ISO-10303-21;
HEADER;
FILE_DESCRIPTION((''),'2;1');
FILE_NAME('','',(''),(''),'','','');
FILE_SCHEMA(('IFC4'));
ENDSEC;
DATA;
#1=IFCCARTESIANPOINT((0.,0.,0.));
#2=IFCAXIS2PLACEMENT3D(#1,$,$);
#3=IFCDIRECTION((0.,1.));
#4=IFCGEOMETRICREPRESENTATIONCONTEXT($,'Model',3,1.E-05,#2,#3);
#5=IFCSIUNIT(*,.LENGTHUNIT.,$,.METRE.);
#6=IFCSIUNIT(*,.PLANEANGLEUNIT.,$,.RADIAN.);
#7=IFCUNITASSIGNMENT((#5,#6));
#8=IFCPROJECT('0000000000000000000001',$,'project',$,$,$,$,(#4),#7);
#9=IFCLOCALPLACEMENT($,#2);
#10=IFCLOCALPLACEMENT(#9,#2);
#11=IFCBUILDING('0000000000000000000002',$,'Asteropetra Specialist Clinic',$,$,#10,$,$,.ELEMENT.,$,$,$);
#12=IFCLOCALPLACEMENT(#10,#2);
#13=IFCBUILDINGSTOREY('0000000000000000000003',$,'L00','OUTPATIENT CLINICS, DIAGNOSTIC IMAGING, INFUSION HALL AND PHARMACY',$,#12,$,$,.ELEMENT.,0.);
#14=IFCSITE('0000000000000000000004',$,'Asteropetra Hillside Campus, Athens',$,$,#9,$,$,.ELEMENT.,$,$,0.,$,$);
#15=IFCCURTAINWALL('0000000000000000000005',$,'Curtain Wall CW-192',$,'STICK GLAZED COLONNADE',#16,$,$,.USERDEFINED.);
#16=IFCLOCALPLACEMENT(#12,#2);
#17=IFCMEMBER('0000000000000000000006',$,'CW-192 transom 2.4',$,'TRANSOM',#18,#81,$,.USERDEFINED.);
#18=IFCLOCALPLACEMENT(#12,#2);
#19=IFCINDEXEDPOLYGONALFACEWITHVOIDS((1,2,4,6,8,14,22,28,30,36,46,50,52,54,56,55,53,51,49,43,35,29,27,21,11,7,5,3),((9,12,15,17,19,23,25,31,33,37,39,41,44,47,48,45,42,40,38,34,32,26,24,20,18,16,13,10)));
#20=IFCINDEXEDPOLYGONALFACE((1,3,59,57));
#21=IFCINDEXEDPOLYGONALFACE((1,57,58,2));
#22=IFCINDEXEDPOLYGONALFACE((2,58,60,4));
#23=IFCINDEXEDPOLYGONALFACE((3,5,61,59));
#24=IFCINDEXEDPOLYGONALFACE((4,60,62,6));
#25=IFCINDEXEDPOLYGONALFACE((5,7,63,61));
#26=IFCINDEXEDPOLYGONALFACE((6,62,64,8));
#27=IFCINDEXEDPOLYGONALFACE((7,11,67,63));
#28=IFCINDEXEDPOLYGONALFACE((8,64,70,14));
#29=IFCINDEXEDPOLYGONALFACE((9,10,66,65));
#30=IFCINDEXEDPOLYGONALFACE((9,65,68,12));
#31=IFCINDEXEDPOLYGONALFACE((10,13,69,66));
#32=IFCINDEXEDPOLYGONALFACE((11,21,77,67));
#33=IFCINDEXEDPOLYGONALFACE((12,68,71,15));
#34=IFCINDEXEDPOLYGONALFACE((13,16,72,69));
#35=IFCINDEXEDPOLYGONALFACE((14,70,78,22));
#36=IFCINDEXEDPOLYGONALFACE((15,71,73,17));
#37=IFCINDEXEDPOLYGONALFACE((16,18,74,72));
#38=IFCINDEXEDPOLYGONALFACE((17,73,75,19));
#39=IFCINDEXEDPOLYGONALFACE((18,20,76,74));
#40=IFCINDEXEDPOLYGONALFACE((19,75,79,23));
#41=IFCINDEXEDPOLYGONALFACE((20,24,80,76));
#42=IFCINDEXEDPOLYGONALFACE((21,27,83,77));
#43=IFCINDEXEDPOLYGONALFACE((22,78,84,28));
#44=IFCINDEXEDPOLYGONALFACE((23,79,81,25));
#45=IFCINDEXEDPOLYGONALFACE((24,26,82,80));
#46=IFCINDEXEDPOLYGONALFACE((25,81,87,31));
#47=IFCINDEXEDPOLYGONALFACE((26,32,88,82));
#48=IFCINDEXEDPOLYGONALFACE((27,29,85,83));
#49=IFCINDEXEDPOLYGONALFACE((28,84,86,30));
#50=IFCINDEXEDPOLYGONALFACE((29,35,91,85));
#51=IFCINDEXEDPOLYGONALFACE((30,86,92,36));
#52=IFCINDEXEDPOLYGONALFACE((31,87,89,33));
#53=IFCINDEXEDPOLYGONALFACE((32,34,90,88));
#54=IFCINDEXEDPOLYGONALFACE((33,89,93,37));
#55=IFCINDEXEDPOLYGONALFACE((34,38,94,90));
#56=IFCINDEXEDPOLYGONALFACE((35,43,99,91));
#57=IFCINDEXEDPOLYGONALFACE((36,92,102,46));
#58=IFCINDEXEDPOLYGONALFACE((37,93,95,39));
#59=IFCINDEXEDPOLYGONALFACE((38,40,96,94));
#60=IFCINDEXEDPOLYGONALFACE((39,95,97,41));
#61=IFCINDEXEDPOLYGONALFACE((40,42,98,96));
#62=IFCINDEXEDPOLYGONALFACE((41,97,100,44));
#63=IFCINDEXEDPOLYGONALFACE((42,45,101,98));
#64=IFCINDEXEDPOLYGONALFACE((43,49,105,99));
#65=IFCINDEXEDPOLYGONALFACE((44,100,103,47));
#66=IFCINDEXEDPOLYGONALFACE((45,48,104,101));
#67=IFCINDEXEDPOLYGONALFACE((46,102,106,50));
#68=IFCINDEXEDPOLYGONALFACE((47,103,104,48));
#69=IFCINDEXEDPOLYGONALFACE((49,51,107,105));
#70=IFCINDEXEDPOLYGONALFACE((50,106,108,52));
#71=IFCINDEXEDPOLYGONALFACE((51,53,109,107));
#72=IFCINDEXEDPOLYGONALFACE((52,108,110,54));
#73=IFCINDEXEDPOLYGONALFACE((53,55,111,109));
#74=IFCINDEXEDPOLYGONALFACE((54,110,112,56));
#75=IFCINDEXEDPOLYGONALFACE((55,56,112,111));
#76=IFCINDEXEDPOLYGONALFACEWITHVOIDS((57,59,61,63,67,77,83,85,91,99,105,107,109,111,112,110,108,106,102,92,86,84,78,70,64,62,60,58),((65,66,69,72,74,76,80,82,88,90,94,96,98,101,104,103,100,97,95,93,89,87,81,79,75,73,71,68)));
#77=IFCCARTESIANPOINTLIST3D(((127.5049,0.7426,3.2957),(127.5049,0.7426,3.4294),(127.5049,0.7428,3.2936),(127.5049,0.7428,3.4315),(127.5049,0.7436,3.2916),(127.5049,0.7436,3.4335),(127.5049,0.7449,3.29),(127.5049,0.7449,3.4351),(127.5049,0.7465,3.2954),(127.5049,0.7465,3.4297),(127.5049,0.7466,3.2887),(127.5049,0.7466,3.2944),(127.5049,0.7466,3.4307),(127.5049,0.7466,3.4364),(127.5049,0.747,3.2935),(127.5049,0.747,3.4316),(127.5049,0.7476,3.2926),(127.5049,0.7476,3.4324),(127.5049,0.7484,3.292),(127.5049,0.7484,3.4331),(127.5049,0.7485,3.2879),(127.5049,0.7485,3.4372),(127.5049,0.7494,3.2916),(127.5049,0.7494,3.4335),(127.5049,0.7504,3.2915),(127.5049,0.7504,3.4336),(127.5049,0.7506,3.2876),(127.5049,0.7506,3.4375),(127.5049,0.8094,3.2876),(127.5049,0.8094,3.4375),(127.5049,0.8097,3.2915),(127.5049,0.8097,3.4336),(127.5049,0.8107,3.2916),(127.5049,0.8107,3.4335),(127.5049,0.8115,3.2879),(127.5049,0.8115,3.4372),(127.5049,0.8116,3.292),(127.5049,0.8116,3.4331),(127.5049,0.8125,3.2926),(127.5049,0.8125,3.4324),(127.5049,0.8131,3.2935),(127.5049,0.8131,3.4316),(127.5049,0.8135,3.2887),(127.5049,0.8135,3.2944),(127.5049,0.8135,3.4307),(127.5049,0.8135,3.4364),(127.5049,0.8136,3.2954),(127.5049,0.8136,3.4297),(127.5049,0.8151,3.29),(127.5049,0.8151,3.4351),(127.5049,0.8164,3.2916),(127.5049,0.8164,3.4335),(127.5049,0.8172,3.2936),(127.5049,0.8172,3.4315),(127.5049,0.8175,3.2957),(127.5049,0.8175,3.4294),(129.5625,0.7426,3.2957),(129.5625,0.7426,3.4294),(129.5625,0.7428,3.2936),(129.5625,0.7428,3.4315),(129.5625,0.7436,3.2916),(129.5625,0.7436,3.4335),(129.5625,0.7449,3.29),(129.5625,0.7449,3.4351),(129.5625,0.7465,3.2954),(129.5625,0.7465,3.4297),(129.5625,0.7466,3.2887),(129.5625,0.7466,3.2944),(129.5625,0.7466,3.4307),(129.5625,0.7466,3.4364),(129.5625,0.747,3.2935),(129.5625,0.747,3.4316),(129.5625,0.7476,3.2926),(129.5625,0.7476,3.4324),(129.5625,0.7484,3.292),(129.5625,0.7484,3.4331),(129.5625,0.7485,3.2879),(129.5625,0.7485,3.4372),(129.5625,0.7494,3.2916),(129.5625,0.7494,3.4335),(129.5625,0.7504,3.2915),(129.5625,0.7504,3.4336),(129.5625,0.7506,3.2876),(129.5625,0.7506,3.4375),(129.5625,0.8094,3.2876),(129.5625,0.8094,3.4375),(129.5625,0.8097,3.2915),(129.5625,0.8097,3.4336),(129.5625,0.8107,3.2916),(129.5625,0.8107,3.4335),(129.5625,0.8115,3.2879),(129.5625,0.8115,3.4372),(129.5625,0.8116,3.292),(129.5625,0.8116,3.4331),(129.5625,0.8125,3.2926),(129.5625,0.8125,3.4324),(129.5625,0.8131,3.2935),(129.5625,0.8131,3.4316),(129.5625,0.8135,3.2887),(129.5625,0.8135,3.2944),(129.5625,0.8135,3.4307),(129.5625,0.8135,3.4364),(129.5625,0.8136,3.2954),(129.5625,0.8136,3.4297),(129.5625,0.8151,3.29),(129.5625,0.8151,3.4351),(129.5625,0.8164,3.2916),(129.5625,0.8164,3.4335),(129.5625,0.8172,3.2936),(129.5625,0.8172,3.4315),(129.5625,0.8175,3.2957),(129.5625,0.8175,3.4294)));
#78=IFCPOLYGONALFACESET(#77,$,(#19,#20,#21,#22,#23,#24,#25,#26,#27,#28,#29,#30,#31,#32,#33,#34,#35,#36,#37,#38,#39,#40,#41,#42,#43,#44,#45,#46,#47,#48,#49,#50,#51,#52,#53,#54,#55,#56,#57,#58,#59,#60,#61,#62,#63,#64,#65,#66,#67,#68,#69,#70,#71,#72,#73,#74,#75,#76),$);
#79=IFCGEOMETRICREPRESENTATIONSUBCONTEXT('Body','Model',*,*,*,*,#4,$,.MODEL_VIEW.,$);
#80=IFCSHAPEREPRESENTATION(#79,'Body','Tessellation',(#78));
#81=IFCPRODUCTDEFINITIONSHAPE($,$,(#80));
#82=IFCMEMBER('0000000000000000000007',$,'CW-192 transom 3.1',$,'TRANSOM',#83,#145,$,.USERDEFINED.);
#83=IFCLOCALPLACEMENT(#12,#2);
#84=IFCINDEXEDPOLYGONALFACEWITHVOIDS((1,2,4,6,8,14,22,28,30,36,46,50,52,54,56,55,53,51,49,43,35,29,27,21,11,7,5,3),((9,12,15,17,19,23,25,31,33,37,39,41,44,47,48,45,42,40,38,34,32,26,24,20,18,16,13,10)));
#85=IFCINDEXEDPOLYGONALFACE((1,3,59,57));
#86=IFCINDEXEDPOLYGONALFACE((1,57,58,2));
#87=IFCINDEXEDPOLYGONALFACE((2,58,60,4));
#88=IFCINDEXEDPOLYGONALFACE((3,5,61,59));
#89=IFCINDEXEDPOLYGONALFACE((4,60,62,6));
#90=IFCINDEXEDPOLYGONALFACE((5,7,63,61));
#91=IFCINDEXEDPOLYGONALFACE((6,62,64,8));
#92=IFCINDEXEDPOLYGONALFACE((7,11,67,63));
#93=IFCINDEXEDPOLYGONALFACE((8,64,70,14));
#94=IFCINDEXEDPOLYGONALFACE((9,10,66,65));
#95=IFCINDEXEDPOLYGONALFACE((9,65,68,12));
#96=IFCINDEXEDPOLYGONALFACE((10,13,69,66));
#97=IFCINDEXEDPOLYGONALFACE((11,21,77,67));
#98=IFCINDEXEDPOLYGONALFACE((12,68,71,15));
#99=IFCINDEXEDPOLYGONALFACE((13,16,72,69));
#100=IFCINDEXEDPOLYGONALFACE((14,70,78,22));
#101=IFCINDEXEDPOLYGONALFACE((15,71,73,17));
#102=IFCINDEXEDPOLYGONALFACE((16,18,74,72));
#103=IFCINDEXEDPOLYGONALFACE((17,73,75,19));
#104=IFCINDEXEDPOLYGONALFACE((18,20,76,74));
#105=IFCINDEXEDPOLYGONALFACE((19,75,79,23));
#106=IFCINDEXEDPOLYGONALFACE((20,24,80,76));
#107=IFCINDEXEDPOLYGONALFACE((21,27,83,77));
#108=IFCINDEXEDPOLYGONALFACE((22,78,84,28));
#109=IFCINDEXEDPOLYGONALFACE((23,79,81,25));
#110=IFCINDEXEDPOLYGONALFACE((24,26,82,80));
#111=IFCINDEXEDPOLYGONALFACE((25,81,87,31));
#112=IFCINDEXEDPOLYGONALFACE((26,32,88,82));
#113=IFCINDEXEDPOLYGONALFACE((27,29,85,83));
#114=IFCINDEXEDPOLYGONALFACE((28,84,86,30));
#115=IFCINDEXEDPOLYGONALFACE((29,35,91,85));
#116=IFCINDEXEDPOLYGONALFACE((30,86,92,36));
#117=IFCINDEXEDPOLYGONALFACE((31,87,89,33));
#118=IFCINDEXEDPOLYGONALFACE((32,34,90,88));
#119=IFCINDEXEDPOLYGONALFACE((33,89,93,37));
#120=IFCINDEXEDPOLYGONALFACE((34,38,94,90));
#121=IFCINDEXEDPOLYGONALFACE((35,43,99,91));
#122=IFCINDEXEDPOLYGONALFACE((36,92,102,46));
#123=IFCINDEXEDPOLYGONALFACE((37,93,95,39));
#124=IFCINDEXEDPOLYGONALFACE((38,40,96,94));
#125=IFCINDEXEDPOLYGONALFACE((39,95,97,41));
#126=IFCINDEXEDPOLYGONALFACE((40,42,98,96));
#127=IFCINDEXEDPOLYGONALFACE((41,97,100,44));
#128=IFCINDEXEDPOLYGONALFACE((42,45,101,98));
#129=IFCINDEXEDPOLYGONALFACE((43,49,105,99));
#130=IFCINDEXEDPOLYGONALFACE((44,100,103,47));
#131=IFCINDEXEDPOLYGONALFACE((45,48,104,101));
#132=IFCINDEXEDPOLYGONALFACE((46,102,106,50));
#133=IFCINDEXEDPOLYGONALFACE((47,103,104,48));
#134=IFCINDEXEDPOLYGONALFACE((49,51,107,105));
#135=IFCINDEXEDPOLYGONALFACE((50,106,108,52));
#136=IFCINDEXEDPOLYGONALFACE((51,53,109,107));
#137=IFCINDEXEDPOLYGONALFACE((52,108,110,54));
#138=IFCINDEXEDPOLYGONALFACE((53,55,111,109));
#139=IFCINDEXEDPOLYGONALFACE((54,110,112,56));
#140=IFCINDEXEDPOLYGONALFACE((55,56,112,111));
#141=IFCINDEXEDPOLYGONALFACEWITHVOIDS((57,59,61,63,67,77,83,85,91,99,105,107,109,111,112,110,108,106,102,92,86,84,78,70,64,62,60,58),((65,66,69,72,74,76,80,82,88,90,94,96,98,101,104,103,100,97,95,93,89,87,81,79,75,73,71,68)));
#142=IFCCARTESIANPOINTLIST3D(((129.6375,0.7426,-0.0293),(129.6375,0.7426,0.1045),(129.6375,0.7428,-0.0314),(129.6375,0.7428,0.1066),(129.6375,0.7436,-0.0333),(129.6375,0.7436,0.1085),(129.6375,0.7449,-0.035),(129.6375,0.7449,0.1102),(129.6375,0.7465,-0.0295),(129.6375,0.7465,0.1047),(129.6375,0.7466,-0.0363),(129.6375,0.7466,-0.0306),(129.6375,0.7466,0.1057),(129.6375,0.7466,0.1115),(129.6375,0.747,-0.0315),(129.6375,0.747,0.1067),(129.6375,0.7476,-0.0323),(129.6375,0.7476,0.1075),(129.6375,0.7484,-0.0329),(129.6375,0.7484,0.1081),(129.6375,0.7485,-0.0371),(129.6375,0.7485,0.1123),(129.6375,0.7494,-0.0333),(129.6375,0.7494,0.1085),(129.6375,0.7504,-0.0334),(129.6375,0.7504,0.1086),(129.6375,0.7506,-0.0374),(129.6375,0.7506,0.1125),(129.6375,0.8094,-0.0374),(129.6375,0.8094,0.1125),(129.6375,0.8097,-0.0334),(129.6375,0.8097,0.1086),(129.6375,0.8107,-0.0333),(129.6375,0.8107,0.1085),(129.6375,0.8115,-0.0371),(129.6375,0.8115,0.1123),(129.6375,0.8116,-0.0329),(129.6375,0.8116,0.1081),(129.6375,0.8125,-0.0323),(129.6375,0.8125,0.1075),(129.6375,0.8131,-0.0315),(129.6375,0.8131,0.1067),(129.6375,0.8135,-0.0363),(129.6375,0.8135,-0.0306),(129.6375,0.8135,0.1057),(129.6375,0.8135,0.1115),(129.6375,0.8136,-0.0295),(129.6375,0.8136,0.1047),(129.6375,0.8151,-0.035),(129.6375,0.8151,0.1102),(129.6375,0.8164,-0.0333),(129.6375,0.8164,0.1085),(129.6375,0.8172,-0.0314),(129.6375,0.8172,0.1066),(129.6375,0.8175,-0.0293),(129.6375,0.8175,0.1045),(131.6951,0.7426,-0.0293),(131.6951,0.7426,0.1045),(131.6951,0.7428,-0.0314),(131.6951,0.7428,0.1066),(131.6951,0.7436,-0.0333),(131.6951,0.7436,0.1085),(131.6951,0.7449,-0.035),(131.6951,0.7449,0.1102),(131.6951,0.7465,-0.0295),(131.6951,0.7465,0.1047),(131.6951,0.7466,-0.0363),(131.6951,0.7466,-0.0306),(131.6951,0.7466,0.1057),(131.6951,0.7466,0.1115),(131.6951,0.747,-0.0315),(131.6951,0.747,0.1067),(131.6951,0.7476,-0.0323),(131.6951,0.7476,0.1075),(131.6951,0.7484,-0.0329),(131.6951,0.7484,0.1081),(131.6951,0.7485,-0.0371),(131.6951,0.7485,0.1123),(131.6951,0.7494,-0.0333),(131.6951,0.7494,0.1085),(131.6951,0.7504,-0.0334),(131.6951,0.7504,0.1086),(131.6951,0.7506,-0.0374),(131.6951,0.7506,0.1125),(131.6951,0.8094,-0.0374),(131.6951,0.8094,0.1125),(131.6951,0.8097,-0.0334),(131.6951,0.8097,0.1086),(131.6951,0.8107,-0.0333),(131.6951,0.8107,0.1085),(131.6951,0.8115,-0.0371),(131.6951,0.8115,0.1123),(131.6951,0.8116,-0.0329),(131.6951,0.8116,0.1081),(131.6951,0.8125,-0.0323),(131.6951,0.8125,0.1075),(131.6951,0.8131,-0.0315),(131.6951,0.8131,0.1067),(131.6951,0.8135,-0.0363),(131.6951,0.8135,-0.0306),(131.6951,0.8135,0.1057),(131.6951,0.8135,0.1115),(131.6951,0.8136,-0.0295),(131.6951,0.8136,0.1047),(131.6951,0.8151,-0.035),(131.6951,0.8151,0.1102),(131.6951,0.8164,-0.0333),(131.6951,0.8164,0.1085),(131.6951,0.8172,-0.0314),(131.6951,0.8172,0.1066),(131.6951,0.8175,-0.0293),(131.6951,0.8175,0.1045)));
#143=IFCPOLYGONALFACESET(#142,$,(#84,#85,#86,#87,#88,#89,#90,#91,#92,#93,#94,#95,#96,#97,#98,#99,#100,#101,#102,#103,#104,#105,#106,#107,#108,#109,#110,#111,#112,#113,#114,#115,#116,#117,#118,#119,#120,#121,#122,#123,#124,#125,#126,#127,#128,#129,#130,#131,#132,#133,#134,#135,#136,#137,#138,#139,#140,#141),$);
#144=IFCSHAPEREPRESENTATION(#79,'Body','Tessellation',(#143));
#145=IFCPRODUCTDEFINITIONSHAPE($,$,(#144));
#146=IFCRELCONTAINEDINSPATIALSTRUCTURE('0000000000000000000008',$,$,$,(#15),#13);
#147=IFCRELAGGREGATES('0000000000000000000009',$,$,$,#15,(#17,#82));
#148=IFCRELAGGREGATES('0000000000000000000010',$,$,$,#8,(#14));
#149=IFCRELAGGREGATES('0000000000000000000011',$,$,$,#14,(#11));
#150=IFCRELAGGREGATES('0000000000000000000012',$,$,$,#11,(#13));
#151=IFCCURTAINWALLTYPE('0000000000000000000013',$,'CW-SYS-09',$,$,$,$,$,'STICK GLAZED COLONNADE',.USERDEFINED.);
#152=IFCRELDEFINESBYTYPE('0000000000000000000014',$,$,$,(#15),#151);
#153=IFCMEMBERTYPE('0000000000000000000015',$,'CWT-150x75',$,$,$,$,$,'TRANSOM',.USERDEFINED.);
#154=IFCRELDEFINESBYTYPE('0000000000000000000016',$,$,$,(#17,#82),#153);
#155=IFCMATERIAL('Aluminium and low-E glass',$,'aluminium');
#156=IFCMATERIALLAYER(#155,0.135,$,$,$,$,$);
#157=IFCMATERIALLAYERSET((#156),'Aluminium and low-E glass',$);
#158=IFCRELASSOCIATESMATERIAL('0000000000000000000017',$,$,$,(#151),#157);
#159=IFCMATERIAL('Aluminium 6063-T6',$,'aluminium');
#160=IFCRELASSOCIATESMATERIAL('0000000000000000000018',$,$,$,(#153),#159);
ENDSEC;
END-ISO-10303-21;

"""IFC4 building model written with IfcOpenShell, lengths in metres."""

from ifc_helpers import new_model, si_unit, direction, frame, origin, origin_2d, place, context, subcontext, project, spatial, hollow_rectangle, extrude, material, layer, layer_set, material_profile, profile_set, type_object, element, aggregate, save


model = new_model("IFC4")

# Units and contexts
model_context = context("Model", 3, precision=1e-05, world=origin(), true_north=direction((0.0, 1.0)))
body_context = subcontext(model_context, "Body", "Model", "MODEL_VIEW")
ifc_project = project(units=[si_unit("LENGTHUNIT", "METRE"), si_unit("PLANEANGLEUNIT", "RADIAN")], contexts=[model_context])

# Site, building, storey
site_placement = place(None, origin())
site = spatial("IfcSite", under=ifc_project, at=site_placement, Name="Asteropetra Hillside Campus, Athens", CompositionType="ELEMENT", RefElevation=0.0)
building_placement = place(site_placement, origin())
building = spatial("IfcBuilding", under=site, at=building_placement, Name="Asteropetra Specialist Clinic", CompositionType="ELEMENT")
storey_placement = place(building_placement, origin())
storey = spatial("IfcBuildingStorey", under=building, at=storey_placement, Name="L00", Description="OUTPATIENT CLINICS, DIAGNOSTIC IMAGING, INFUSION HALL AND PHARMACY", CompositionType="ELEMENT", Elevation=0.0)

# Curtain wall, members
ifc_material_1 = material(Name="Aluminium and low-E glass", Category="aluminium")
ifc_layer_1 = layer(ifc_material_1, 0.135)
ifc_layer_set_1 = layer_set([ifc_layer_1], Name="Aluminium and low-E glass")
curtain_wall_type = type_object("IfcCurtainWallType", Name="CW-SYS-09", ElementType="STICK GLAZED COLONNADE", PredefinedType="USERDEFINED", material=ifc_layer_set_1)
curtain_wall_placement = place(storey_placement, origin())
curtain_wall = element("IfcCurtainWall", 1, at=curtain_wall_placement, inside=storey, type_object=curtain_wall_type, Name="Curtain Wall CW-192", ObjectType="STICK GLAZED COLONNADE", PredefinedType="USERDEFINED")
ifc_material_2 = material(Name="Aluminium 6063-T6", Category="aluminium")
ifc_material_profile_1 = material_profile(ifc_material_2, hollow_rectangle(XDim=0.075, YDim=0.1499, WallThickness=0.0039, InnerFilletRadius=0.0039, OuterFilletRadius=0.0081, at=origin_2d()), Name="TRN 150x75x4.0")
ifc_profile_set_1 = profile_set([ifc_material_profile_1], Name="Aluminium 6063-T6")
member_type_1 = type_object("IfcMemberType", Name="CWT-150x75", ElementType="TRANSOM", PredefinedType="USERDEFINED", material=ifc_profile_set_1)
member_1_placement = place(storey_placement, frame((127.5049, 0.78, 3.3625), z_axis=(1.0, 0.0, 0.0), x_axis=(0.0, 1.0, 0.0)))
member_1 = element("IfcMember", 2, at=member_1_placement, type_object=member_type_1, Name="CW-192 transom 2.4", ObjectType="TRANSOM", PredefinedType="USERDEFINED", context=body_context, shape_type="SweptSolid", body=[
    extrude(hollow_rectangle(XDim=0.075, YDim=0.1499, WallThickness=0.0039, InnerFilletRadius=0.0039, OuterFilletRadius=0.0081, at=origin_2d()), origin(), (0.0, 0.0, 1.0), 2.0576),
])
member_2_placement = place(storey_placement, frame((129.6375, 0.78, 0.0376), z_axis=(1.0, 0.0, 0.0), x_axis=(0.0, 1.0, 0.0)))
member_2 = element("IfcMember", 3, at=member_2_placement, type_object=member_type_1, Name="CW-192 transom 3.1", ObjectType="TRANSOM", PredefinedType="USERDEFINED", context=body_context, shape_type="SweptSolid", body=[
    extrude(hollow_rectangle(XDim=0.075, YDim=0.1499, WallThickness=0.0039, InnerFilletRadius=0.0039, OuterFilletRadius=0.0081, at=origin_2d()), origin(), (0.0, 0.0, 1.0), 2.0576),
])
aggregate(curtain_wall, [member_1, member_2])

save(model, "model.ifc")
